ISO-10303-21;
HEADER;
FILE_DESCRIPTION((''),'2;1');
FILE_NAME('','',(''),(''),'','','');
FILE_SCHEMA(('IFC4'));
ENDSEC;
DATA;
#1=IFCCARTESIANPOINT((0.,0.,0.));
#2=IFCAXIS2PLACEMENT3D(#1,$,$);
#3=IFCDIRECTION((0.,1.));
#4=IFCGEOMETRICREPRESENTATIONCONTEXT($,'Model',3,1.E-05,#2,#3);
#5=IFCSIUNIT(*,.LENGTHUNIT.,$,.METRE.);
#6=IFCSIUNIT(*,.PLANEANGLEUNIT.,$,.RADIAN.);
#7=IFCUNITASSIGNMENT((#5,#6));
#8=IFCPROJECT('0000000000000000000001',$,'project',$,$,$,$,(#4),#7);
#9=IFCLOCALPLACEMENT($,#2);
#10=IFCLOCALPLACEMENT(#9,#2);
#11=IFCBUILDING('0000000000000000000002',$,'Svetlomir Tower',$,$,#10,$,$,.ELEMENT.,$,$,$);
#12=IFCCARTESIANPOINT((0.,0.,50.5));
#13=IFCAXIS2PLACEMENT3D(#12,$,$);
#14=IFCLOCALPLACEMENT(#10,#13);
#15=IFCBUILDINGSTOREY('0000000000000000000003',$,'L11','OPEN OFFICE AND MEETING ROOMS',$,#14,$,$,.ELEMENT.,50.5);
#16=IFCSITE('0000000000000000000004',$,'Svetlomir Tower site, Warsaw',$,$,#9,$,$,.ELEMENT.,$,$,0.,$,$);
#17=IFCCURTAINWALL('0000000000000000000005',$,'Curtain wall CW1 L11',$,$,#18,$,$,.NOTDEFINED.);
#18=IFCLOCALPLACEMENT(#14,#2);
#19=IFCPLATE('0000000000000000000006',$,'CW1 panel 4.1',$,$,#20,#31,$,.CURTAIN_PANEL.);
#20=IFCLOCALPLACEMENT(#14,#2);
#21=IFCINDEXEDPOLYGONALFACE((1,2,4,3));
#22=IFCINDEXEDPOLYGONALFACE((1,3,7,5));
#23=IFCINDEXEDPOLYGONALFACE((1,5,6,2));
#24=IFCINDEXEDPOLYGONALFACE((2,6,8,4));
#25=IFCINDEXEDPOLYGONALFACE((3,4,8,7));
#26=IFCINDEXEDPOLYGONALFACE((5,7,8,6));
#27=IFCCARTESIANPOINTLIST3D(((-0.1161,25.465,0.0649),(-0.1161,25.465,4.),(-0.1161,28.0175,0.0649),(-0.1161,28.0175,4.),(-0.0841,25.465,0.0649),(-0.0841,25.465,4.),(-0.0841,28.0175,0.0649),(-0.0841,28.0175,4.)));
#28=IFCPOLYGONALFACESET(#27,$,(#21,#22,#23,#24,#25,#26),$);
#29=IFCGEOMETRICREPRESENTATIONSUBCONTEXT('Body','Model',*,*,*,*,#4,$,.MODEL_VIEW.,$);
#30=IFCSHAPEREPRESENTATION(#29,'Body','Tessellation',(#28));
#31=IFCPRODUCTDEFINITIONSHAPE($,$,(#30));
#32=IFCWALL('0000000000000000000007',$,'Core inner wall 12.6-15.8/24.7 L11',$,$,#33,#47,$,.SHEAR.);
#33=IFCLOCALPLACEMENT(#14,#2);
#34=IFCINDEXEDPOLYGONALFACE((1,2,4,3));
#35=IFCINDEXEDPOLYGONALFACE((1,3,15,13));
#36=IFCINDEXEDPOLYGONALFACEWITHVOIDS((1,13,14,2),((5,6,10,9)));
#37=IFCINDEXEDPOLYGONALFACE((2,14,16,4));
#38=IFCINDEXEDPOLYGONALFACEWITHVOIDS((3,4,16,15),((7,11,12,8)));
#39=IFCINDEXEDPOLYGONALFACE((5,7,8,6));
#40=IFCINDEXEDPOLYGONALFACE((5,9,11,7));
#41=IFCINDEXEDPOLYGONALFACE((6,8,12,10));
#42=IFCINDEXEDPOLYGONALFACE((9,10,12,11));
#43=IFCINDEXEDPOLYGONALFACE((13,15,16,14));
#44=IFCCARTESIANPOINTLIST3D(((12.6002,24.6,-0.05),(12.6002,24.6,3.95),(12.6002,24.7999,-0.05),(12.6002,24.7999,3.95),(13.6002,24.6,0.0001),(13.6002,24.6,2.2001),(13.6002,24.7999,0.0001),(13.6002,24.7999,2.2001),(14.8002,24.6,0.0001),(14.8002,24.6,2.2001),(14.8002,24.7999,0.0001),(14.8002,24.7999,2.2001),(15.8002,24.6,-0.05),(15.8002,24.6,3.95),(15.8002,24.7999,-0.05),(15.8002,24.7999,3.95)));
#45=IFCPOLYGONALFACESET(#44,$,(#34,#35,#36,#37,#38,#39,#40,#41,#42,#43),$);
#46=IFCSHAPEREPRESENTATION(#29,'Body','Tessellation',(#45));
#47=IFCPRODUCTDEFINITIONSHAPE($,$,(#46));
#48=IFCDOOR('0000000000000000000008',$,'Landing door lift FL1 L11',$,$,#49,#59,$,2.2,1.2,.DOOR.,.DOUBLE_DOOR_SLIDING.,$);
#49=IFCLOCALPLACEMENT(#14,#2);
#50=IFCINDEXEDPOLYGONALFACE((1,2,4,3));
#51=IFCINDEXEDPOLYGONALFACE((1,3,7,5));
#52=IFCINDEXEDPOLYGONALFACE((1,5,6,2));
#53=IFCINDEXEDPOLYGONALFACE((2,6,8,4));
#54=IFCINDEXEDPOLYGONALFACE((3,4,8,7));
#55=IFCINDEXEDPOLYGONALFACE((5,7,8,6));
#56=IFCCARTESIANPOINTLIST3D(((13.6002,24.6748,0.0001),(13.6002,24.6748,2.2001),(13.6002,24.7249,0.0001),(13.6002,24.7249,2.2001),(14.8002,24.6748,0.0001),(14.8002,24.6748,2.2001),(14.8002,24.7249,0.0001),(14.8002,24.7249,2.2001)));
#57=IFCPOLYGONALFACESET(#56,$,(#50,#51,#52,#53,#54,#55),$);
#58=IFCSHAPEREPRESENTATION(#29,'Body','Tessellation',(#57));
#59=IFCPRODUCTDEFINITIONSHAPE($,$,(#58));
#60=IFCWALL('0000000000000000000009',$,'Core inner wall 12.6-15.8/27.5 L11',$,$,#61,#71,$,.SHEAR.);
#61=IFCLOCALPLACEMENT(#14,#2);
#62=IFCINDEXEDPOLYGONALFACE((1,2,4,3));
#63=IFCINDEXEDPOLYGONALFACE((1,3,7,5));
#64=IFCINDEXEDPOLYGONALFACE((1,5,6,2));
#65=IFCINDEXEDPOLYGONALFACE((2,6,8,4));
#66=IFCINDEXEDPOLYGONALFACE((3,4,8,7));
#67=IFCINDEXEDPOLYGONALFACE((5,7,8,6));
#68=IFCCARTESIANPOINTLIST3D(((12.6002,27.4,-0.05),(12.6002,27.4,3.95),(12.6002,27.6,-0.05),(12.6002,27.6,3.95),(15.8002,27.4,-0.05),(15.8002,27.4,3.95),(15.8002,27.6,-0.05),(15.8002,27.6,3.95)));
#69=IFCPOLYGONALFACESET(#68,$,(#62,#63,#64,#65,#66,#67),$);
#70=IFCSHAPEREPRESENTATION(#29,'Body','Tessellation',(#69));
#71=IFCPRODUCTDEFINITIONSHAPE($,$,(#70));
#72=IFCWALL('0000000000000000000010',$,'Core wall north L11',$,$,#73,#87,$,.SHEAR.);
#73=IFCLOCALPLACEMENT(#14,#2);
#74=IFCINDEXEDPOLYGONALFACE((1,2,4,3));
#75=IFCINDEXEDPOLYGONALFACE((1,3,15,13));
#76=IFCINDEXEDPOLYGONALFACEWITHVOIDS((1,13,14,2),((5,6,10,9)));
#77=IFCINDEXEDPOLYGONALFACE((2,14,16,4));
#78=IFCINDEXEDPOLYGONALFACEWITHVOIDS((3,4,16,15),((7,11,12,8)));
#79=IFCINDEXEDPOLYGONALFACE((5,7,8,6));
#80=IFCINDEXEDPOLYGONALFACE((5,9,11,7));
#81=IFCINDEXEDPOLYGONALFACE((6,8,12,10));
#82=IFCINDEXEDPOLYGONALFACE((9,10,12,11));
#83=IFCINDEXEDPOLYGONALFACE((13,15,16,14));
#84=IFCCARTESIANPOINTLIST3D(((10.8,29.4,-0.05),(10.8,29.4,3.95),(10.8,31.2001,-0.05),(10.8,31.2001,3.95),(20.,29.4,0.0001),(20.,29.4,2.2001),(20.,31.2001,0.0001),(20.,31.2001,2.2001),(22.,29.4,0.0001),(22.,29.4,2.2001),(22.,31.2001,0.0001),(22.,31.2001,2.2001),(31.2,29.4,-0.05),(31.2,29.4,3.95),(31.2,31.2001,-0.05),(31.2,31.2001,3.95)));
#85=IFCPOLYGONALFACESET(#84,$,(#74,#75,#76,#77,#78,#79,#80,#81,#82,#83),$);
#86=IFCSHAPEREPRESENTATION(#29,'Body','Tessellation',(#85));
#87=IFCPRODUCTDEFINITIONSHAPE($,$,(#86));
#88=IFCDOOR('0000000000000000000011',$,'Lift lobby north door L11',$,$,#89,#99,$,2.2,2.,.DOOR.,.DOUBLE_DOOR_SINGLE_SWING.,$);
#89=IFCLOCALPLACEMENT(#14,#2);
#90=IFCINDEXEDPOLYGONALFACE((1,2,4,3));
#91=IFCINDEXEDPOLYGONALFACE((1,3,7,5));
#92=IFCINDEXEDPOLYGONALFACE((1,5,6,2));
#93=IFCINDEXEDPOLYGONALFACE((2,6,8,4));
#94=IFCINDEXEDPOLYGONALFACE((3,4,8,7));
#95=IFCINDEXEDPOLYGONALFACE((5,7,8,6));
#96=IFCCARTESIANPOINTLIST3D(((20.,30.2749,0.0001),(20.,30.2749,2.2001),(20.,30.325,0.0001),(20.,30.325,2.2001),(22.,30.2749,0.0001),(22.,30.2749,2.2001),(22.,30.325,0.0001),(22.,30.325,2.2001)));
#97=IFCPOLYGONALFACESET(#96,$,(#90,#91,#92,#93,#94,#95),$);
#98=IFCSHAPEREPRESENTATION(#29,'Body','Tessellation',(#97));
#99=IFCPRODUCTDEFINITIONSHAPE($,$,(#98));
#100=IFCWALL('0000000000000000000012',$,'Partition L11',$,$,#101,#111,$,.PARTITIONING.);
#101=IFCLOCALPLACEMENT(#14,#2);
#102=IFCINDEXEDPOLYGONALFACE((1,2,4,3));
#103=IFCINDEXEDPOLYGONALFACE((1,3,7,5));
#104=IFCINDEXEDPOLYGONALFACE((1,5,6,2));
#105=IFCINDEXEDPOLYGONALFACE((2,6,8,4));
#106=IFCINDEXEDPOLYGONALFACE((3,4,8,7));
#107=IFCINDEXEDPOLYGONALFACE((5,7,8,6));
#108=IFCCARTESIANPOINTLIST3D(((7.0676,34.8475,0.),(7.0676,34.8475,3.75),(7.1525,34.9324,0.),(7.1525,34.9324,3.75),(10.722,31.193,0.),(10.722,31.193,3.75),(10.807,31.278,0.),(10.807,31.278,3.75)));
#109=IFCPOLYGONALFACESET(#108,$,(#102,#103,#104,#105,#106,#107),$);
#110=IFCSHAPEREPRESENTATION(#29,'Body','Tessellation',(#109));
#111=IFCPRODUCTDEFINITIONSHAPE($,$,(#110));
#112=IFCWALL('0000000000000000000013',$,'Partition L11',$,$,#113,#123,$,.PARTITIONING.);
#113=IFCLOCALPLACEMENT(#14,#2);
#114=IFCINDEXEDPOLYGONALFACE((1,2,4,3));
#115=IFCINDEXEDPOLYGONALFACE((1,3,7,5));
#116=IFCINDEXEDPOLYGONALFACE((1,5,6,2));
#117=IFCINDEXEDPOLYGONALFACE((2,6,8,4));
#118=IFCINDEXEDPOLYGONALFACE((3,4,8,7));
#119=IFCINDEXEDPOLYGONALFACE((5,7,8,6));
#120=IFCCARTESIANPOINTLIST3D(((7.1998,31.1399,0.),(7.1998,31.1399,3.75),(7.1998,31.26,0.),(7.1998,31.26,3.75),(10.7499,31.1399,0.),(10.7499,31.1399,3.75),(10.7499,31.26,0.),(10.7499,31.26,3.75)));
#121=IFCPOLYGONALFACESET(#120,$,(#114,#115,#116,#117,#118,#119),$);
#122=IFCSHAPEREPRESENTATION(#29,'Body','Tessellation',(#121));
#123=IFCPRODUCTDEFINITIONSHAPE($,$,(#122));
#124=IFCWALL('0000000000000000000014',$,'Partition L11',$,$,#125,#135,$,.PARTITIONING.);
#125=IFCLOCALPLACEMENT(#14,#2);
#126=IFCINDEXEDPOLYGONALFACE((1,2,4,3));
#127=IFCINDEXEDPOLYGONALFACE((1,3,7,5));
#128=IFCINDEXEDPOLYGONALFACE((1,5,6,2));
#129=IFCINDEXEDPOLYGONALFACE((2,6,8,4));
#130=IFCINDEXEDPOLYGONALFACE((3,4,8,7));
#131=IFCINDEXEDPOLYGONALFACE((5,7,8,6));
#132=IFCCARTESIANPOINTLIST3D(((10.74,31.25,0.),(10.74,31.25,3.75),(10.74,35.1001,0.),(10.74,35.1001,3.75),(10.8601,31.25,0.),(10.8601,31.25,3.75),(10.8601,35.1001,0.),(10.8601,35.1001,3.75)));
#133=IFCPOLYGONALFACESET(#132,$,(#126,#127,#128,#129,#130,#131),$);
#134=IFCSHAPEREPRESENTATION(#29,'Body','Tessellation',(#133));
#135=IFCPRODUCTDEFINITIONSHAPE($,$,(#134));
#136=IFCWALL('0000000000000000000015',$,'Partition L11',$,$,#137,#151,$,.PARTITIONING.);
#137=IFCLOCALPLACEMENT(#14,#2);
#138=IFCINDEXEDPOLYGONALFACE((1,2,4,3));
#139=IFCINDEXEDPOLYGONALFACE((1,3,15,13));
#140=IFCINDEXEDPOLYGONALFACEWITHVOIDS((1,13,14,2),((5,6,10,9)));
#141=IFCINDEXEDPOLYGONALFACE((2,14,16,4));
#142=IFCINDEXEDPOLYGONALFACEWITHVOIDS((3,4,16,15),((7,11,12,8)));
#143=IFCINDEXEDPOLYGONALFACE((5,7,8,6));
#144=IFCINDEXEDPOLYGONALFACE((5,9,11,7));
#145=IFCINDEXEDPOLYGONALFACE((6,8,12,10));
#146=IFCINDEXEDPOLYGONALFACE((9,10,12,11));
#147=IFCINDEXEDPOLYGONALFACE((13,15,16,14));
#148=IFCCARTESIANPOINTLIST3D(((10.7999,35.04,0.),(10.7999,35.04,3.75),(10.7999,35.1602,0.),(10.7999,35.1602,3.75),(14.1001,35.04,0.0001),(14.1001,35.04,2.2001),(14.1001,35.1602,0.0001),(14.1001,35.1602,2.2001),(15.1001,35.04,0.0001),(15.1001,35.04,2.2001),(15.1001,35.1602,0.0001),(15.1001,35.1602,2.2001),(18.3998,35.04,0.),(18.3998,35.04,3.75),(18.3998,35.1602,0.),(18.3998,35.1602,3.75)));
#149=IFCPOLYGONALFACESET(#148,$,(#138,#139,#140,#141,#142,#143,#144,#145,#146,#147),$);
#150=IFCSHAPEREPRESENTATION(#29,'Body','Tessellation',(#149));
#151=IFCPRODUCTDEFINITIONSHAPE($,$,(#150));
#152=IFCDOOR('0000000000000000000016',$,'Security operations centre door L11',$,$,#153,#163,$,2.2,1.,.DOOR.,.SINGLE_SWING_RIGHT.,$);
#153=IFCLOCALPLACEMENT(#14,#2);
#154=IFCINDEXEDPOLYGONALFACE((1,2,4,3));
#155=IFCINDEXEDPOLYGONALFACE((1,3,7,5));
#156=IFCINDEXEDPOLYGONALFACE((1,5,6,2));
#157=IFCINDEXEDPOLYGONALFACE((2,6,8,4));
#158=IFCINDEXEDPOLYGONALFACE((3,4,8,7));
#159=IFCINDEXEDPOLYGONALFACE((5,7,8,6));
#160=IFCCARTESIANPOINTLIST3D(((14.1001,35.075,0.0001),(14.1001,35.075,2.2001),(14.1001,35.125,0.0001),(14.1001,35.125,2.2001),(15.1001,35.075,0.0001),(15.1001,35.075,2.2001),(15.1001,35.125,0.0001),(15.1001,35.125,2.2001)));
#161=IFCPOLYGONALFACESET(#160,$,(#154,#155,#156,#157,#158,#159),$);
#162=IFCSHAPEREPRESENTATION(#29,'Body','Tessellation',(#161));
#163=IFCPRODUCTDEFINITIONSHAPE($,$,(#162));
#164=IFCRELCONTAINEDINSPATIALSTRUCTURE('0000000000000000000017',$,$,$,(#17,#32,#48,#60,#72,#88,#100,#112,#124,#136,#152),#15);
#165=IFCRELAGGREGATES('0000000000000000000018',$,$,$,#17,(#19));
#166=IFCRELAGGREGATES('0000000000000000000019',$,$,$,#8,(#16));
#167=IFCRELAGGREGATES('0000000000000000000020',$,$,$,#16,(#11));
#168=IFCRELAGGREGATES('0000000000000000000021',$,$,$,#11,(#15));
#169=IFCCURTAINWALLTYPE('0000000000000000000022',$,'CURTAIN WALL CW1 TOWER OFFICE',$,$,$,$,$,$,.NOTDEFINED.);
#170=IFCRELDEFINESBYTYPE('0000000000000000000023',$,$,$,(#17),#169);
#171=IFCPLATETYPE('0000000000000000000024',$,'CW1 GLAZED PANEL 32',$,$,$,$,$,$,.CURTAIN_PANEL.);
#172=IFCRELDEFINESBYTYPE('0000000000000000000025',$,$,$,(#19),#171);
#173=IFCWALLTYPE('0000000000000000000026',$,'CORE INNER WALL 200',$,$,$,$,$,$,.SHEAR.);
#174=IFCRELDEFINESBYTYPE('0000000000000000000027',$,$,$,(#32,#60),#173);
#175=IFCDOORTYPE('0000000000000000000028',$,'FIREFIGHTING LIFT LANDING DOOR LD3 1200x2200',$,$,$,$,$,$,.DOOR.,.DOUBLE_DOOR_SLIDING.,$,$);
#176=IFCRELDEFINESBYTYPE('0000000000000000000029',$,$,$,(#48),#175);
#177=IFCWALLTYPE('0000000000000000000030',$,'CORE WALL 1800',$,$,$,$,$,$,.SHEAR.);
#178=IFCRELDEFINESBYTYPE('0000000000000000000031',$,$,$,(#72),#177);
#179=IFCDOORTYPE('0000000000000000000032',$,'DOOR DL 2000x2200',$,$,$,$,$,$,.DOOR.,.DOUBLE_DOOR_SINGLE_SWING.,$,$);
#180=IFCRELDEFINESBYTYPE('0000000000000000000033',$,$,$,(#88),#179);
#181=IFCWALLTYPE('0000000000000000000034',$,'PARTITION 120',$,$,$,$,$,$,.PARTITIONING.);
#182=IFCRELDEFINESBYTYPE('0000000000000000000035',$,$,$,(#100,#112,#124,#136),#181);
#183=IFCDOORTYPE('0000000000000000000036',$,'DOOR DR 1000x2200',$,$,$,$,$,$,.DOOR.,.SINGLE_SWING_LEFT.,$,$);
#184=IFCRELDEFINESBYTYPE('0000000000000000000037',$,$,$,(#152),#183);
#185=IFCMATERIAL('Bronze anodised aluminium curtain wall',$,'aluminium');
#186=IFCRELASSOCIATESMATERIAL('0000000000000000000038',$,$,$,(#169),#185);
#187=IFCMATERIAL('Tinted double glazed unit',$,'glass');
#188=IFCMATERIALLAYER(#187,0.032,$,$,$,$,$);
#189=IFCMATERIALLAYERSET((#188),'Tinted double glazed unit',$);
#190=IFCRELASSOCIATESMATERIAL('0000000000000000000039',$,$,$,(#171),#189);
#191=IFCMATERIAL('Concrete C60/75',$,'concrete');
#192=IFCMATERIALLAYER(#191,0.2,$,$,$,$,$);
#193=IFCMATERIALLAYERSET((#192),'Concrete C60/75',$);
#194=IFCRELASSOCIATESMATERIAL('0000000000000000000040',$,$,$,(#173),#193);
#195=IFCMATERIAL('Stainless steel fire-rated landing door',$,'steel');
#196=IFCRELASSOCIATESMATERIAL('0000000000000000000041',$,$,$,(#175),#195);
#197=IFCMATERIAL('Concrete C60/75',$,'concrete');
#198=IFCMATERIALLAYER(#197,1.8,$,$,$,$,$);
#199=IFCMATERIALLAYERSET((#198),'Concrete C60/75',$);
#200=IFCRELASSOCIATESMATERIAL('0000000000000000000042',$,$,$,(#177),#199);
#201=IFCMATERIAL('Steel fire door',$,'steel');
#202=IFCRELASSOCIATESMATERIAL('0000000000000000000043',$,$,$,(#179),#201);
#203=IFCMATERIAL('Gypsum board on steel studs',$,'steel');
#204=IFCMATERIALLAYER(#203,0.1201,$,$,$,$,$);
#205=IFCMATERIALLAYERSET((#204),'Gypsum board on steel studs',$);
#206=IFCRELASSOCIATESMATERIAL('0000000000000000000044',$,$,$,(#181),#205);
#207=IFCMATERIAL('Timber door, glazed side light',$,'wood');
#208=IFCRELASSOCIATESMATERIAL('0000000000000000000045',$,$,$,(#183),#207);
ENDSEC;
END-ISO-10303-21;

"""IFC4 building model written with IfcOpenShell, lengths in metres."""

from ifc_helpers import new_model, si_unit, direction, frame, frame_2d, origin, origin_2d, place, context, subcontext, project, spatial, rectangle, extrude, material, layer, layer_set, type_object, element, fill, aggregate, save


model = new_model("IFC4")

# Units and contexts
model_context = context("Model", 3, precision=1e-05, world=origin(), true_north=direction((0.0, 1.0)))
body_context = subcontext(model_context, "Body", "Model", "MODEL_VIEW")
ifc_project = project(units=[si_unit("LENGTHUNIT", "METRE"), si_unit("PLANEANGLEUNIT", "RADIAN")], contexts=[model_context])

# Site, building, storey
site_placement = place(None, origin())
site = spatial("IfcSite", under=ifc_project, at=site_placement, Name="Svetlomir Tower site, Warsaw", CompositionType="ELEMENT", RefElevation=0.0)
building_placement = place(site_placement, origin())
building = spatial("IfcBuilding", under=site, at=building_placement, Name="Svetlomir Tower", CompositionType="ELEMENT")
storey_placement = place(building_placement, frame((0.0, 0.0, 50.5)))
storey = spatial("IfcBuildingStorey", under=building, at=storey_placement, Name="L11", Description="OPEN OFFICE AND MEETING ROOMS", CompositionType="ELEMENT", Elevation=50.5)

# Curtain wall
ifc_material_1 = material(Name="Bronze anodised aluminium curtain wall", Category="aluminium")
curtain_wall_type = type_object("IfcCurtainWallType", Name="CURTAIN WALL CW1 TOWER OFFICE", PredefinedType="NOTDEFINED", material=ifc_material_1)
curtain_wall_placement = place(storey_placement, origin())
curtain_wall = element("IfcCurtainWall", 1, at=curtain_wall_placement, inside=storey, type_object=curtain_wall_type, Name="Curtain wall CW1 L11", PredefinedType="NOTDEFINED")

# Plate
ifc_material_2 = material(Name="Tinted double glazed unit", Category="glass")
ifc_layer_1 = layer(ifc_material_2, 0.032)
ifc_layer_set_1 = layer_set([ifc_layer_1], Name="Tinted double glazed unit")
plate_type = type_object("IfcPlateType", Name="CW1 GLAZED PANEL 32", PredefinedType="CURTAIN_PANEL", material=ifc_layer_set_1)
plate_1_placement = place(storey_placement, frame((-0.1001, 26.7412, 0.0649), z_axis=(0.0, 0.0, 1.0), x_axis=(0.0, -1.0, 0.0)))
plate_1 = element("IfcPlate", 2, at=plate_1_placement, type_object=plate_type, Name="CW1 panel 4.1", PredefinedType="CURTAIN_PANEL", context=body_context, shape_type="SweptSolid", body=[
    extrude(rectangle(XDim=2.5525, YDim=0.032, at=origin_2d()), origin(), (0.0, 0.0, 1.0), 3.9351),
])
aggregate(curtain_wall, [plate_1])

# Wall, opening, door
ifc_material_3 = material(Name="Concrete C60/75", Category="concrete")
ifc_layer_2 = layer(ifc_material_3, 0.2)
ifc_layer_set_2 = layer_set([ifc_layer_2], Name="Concrete C60/75")
wall_type_1 = type_object("IfcWallType", Name="CORE INNER WALL 200", PredefinedType="SHEAR", material=ifc_layer_set_2)
wall_1_placement = place(storey_placement, frame((12.6001, 24.7, -0.05), z_axis=(0.0, 0.0, 1.0), x_axis=(1.0, 0.0, 0.0)))
wall_1 = element("IfcWall", 3, at=wall_1_placement, inside=storey, type_object=wall_type_1, Name="Core inner wall 12.6-15.8/24.7 L11", PredefinedType="SHEAR", context=body_context, shape_type="SweptSolid", body=[
    extrude(rectangle(XDim=3.2, YDim=0.2, at=frame_2d((1.6001, 0.0))), origin(), (0.0, 0.0, 1.0), 4.0),
])
opening_1_placement = place(wall_1_placement, frame((1.0, 0.0, 0.05)))
opening_1 = element("IfcOpeningElement", 4, at=opening_1_placement, cuts=wall_1, PredefinedType="OPENING", context=body_context, shape_type="SweptSolid", body=[
    extrude(rectangle(XDim=1.2, YDim=2.2, at=frame_2d((0.6001, 1.1001))), frame((0.0, 0.1099, 0.0), z_axis=(0.0, -1.0, 0.0), x_axis=(1.0, 0.0, 0.0)), (0.0, 0.0, 1.0), 0.22),
])
ifc_material_4 = material(Name="Stainless steel fire-rated landing door", Category="steel")
door_type_1 = type_object("IfcDoorType", Name="FIREFIGHTING LIFT LANDING DOOR LD3 1200x2200", OperationType="DOUBLE_DOOR_SLIDING", PredefinedType="DOOR", material=ifc_material_4)
door_1_placement = place(opening_1_placement, origin())
door_1 = element("IfcDoor", 5, at=door_1_placement, inside=storey, type_object=door_type_1, Name="Landing door lift FL1 L11", OperationType="DOUBLE_DOOR_SLIDING", OverallHeight=2.2, OverallWidth=1.2, PredefinedType="DOOR", context=body_context, shape_type="SweptSolid", body=[
    extrude(rectangle(XDim=1.2, YDim=2.2, at=frame_2d((0.6001, 1.1001))), frame((0.0, 0.0249, 0.0), z_axis=(0.0, -1.0, 0.0), x_axis=(1.0, 0.0, 0.0)), (0.0, 0.0, 1.0), 0.05),
])
fill(opening_1, door_1)

# Wall
wall_2_placement = place(storey_placement, frame((12.6001, 27.5, -0.05), z_axis=(0.0, 0.0, 1.0), x_axis=(1.0, 0.0, 0.0)))
element("IfcWall", 6, at=wall_2_placement, inside=storey, type_object=wall_type_1, Name="Core inner wall 12.6-15.8/27.5 L11", PredefinedType="SHEAR", context=body_context, shape_type="SweptSolid", body=[
    extrude(rectangle(XDim=3.2, YDim=0.2, at=frame_2d((1.6001, 0.0))), origin(), (0.0, 0.0, 1.0), 4.0),
])

# Wall, opening, door
ifc_material_5 = material(Name="Concrete C60/75", Category="concrete")
ifc_layer_3 = layer(ifc_material_5, 1.8)
ifc_layer_set_3 = layer_set([ifc_layer_3], Name="Concrete C60/75")
wall_type_2 = type_object("IfcWallType", Name="CORE WALL 1800", PredefinedType="SHEAR", material=ifc_layer_set_3)
wall_3_placement = place(storey_placement, frame((10.8, 30.3, -0.05), z_axis=(0.0, 0.0, 1.0), x_axis=(1.0, 0.0, 0.0)))
wall_3 = element("IfcWall", 7, at=wall_3_placement, inside=storey, type_object=wall_type_2, Name="Core wall north L11", PredefinedType="SHEAR", context=body_context, shape_type="SweptSolid", body=[
    extrude(rectangle(XDim=20.3999, YDim=1.8, at=frame_2d((10.2, 0.0))), origin(), (0.0, 0.0, 1.0), 4.0),
])
opening_2_placement = place(wall_3_placement, frame((9.2, 0.0, 0.05)))
opening_2 = element("IfcOpeningElement", 8, at=opening_2_placement, cuts=wall_3, PredefinedType="OPENING", context=body_context, shape_type="SweptSolid", body=[
    extrude(rectangle(XDim=2.0, YDim=2.2, at=frame_2d((1.0, 1.1001))), frame((0.0, 0.9102, 0.0), z_axis=(0.0, -1.0, 0.0), x_axis=(1.0, 0.0, 0.0)), (0.0, 0.0, 1.0), 1.8201),
])
ifc_material_6 = material(Name="Steel fire door", Category="steel")
door_type_2 = type_object("IfcDoorType", Name="DOOR DL 2000x2200", OperationType="DOUBLE_DOOR_SINGLE_SWING", PredefinedType="DOOR", material=ifc_material_6)
door_2_placement = place(opening_2_placement, origin())
door_2 = element("IfcDoor", 9, at=door_2_placement, inside=storey, type_object=door_type_2, Name="Lift lobby north door L11", OperationType="DOUBLE_DOOR_SINGLE_SWING", OverallHeight=2.2, OverallWidth=2.0, PredefinedType="DOOR", context=body_context, shape_type="SweptSolid", body=[
    extrude(rectangle(XDim=2.0, YDim=2.2, at=frame_2d((1.0, 1.1001))), frame((0.0, 0.0249, 0.0), z_axis=(0.0, -1.0, 0.0), x_axis=(1.0, 0.0, 0.0)), (0.0, 0.0, 1.0), 0.05),
])
fill(opening_2, door_2)

# Walls
ifc_material_7 = material(Name="Gypsum board on steel studs", Category="steel")
ifc_layer_4 = layer(ifc_material_7, 0.1201)
ifc_layer_set_4 = layer_set([ifc_layer_4], Name="Gypsum board on steel studs")
wall_type_3 = type_object("IfcWallType", Name="PARTITION 120", PredefinedType="PARTITIONING", material=ifc_layer_set_4)
wall_4_placement = place(storey_placement, frame((7.1101, 34.8899, 0.0), z_axis=(0.0, 0.0, 1.0), x_axis=(0.707107, -0.707107, 0.0)))
element("IfcWall", 10, at=wall_4_placement, inside=storey, type_object=wall_type_3, Name="Partition L11", PredefinedType="PARTITIONING", context=body_context, shape_type="SweptSolid", body=[
    extrude(rectangle(XDim=5.1682, YDim=0.1201, at=frame_2d((2.584, 0.0))), origin(), (0.0, 0.0, 1.0), 3.75),
])
wall_5_placement = place(storey_placement, frame((7.2, 31.2, 0.0), z_axis=(0.0, 0.0, 1.0), x_axis=(1.0, 0.0, 0.0)))
element("IfcWall", 11, at=wall_5_placement, inside=storey, type_object=wall_type_3, Name="Partition L11", PredefinedType="PARTITIONING", context=body_context, shape_type="SweptSolid", body=[
    extrude(rectangle(XDim=3.55, YDim=0.1201, at=frame_2d((1.7749, 0.0))), origin(), (0.0, 0.0, 1.0), 3.75),
])
wall_6_placement = place(storey_placement, frame((10.8, 31.25, 0.0), z_axis=(0.0, 0.0, 1.0), x_axis=(0.0, 1.0, 0.0)))
element("IfcWall", 12, at=wall_6_placement, inside=storey, type_object=wall_type_3, Name="Partition L11", PredefinedType="PARTITIONING", context=body_context, shape_type="SweptSolid", body=[
    extrude(rectangle(XDim=3.8501, YDim=0.1201, at=frame_2d((1.925, 0.0))), origin(), (0.0, 0.0, 1.0), 3.75),
])

# Wall, opening, door
wall_7_placement = place(storey_placement, frame((10.8, 35.1001, 0.0), z_axis=(0.0, 0.0, 1.0), x_axis=(1.0, 0.0, 0.0)))
wall_7 = element("IfcWall", 13, at=wall_7_placement, inside=storey, type_object=wall_type_3, Name="Partition L11", PredefinedType="PARTITIONING", context=body_context, shape_type="SweptSolid", body=[
    extrude(rectangle(XDim=7.5999, YDim=0.1201, at=frame_2d((3.7998, 0.0))), origin(), (0.0, 0.0, 1.0), 3.75),
])
opening_3_placement = place(wall_7_placement, frame((3.3, 0.0, 0.0)))
opening_3 = element("IfcOpeningElement", 14, at=opening_3_placement, cuts=wall_7, PredefinedType="OPENING", context=body_context, shape_type="SweptSolid", body=[
    extrude(rectangle(XDim=1.0, YDim=2.2, at=frame_2d((0.5, 1.1001))), frame((0.0, 0.0701, 0.0), z_axis=(0.0, -1.0, 0.0), x_axis=(1.0, 0.0, 0.0)), (0.0, 0.0, 1.0), 0.1401),
])
ifc_material_8 = material(Name="Timber door, glazed side light", Category="wood")
door_type_3 = type_object("IfcDoorType", Name="DOOR DR 1000x2200", OperationType="SINGLE_SWING_LEFT", PredefinedType="DOOR", material=ifc_material_8)
door_3_placement = place(opening_3_placement, origin())
door_3 = element("IfcDoor", 15, at=door_3_placement, inside=storey, type_object=door_type_3, Name="Security operations centre door L11", OperationType="SINGLE_SWING_RIGHT", OverallHeight=2.2, OverallWidth=1.0, PredefinedType="DOOR", context=body_context, shape_type="SweptSolid", body=[
    extrude(rectangle(XDim=1.0, YDim=2.2, at=frame_2d((0.5, 1.1001))), frame((0.0, 0.0249, 0.0), z_axis=(0.0, -1.0, 0.0), x_axis=(1.0, 0.0, 0.0)), (0.0, 0.0, 1.0), 0.05),
])
fill(opening_3, door_3)

save(model, "model.ifc")
